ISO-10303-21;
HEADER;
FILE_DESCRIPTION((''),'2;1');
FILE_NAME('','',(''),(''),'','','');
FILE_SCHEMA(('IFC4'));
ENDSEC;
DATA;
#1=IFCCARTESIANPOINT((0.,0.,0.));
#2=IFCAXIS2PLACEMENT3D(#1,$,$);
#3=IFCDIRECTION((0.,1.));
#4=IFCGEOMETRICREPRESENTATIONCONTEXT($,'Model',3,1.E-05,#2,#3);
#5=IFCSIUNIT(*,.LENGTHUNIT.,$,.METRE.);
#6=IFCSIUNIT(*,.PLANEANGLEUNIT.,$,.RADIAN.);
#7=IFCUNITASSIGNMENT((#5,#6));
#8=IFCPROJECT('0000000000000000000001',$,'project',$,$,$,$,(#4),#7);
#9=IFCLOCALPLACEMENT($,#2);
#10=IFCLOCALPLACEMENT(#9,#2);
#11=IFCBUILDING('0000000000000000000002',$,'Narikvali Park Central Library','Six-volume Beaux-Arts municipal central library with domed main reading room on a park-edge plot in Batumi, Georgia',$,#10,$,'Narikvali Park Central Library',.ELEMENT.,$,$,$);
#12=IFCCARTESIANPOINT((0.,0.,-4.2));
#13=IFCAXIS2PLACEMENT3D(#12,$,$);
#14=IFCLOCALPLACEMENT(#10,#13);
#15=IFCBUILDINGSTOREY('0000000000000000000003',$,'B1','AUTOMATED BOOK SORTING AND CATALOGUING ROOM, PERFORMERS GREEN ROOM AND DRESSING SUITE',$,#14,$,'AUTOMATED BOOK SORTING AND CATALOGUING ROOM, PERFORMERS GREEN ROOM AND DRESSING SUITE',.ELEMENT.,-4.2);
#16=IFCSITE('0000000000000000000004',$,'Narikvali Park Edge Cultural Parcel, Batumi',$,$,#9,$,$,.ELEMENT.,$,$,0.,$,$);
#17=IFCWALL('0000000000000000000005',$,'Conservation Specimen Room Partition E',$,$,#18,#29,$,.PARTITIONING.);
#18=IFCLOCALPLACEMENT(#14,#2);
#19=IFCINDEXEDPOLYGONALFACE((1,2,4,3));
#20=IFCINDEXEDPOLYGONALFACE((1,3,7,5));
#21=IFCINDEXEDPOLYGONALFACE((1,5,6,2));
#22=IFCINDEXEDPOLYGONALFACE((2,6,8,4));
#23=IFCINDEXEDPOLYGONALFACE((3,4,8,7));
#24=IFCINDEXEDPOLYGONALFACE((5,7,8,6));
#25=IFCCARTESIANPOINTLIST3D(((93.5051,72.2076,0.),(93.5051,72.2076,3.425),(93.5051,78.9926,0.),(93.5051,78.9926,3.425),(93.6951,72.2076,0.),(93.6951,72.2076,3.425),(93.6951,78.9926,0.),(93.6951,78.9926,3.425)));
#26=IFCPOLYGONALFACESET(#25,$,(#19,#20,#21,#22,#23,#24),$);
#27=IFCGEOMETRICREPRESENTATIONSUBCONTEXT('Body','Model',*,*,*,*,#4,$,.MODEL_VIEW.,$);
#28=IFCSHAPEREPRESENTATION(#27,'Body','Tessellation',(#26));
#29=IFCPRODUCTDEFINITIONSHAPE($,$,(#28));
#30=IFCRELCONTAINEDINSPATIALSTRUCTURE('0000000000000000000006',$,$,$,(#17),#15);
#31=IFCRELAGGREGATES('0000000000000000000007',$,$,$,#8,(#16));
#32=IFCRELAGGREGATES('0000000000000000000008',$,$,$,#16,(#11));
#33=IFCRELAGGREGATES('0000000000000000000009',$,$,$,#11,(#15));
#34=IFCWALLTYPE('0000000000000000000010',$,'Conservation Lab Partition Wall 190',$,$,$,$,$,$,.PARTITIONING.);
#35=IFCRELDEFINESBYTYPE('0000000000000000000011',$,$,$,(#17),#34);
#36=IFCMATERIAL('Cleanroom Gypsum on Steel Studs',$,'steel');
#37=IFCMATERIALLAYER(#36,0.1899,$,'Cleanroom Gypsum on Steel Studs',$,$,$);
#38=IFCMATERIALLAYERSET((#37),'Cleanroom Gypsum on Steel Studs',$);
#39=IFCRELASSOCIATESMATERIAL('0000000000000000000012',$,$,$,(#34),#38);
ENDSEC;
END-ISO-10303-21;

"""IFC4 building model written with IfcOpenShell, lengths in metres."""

from ifc_helpers import new_model, si_unit, direction, frame, frame_2d, origin, place, context, subcontext, project, spatial, rectangle, extrude, material, layer, layer_set, type_object, element, save


model = new_model("IFC4")

# Units and contexts
model_context = context("Model", 3, precision=1e-05, world=origin(), true_north=direction((0.0, 1.0)))
body_context = subcontext(model_context, "Body", "Model", "MODEL_VIEW")
ifc_project = project(units=[si_unit("LENGTHUNIT", "METRE"), si_unit("PLANEANGLEUNIT", "RADIAN")], contexts=[model_context])

# Site, building, storey
site_placement = place(None, origin())
site = spatial("IfcSite", under=ifc_project, at=site_placement, Name="Narikvali Park Edge Cultural Parcel, Batumi", CompositionType="ELEMENT", RefElevation=0.0)
building_placement = place(site_placement, origin())
building = spatial("IfcBuilding", under=site, at=building_placement, Name="Narikvali Park Central Library", Description="Six-volume Beaux-Arts municipal central library with domed main reading room on a park-edge plot in Batumi, Georgia", LongName="Narikvali Park Central Library", CompositionType="ELEMENT")
storey_placement = place(building_placement, frame((0.0, 0.0, -4.2)))
storey = spatial("IfcBuildingStorey", under=building, at=storey_placement, Name="B1", Description="AUTOMATED BOOK SORTING AND CATALOGUING ROOM, PERFORMERS GREEN ROOM AND DRESSING SUITE", LongName="AUTOMATED BOOK SORTING AND CATALOGUING ROOM, PERFORMERS GREEN ROOM AND DRESSING SUITE", CompositionType="ELEMENT", Elevation=-4.2)

# Wall
ifc_material_1 = material(Name="Cleanroom Gypsum on Steel Studs", Category="steel")
ifc_layer_1 = layer(ifc_material_1, 0.1899, Name="Cleanroom Gypsum on Steel Studs")
ifc_layer_set_1 = layer_set([ifc_layer_1], Name="Cleanroom Gypsum on Steel Studs")
wall_type_1 = type_object("IfcWallType", Name="Conservation Lab Partition Wall 190", PredefinedType="PARTITIONING", material=ifc_layer_set_1)
wall_1_placement = place(storey_placement, frame((93.6001, 72.2075, 0.0), z_axis=(0.0, 0.0, 1.0), x_axis=(0.0, 1.0, 0.0)))
element("IfcWall", 1, at=wall_1_placement, inside=storey, type_object=wall_type_1, Name="Conservation Specimen Room Partition E", PredefinedType="PARTITIONING", context=body_context, shape_type="SweptSolid", body=[
    extrude(rectangle(XDim=6.7849, YDim=0.1899, at=frame_2d((3.3926, 0.0))), origin(), (0.0, 0.0, 1.0), 3.425),
])

save(model, "model.ifc")
